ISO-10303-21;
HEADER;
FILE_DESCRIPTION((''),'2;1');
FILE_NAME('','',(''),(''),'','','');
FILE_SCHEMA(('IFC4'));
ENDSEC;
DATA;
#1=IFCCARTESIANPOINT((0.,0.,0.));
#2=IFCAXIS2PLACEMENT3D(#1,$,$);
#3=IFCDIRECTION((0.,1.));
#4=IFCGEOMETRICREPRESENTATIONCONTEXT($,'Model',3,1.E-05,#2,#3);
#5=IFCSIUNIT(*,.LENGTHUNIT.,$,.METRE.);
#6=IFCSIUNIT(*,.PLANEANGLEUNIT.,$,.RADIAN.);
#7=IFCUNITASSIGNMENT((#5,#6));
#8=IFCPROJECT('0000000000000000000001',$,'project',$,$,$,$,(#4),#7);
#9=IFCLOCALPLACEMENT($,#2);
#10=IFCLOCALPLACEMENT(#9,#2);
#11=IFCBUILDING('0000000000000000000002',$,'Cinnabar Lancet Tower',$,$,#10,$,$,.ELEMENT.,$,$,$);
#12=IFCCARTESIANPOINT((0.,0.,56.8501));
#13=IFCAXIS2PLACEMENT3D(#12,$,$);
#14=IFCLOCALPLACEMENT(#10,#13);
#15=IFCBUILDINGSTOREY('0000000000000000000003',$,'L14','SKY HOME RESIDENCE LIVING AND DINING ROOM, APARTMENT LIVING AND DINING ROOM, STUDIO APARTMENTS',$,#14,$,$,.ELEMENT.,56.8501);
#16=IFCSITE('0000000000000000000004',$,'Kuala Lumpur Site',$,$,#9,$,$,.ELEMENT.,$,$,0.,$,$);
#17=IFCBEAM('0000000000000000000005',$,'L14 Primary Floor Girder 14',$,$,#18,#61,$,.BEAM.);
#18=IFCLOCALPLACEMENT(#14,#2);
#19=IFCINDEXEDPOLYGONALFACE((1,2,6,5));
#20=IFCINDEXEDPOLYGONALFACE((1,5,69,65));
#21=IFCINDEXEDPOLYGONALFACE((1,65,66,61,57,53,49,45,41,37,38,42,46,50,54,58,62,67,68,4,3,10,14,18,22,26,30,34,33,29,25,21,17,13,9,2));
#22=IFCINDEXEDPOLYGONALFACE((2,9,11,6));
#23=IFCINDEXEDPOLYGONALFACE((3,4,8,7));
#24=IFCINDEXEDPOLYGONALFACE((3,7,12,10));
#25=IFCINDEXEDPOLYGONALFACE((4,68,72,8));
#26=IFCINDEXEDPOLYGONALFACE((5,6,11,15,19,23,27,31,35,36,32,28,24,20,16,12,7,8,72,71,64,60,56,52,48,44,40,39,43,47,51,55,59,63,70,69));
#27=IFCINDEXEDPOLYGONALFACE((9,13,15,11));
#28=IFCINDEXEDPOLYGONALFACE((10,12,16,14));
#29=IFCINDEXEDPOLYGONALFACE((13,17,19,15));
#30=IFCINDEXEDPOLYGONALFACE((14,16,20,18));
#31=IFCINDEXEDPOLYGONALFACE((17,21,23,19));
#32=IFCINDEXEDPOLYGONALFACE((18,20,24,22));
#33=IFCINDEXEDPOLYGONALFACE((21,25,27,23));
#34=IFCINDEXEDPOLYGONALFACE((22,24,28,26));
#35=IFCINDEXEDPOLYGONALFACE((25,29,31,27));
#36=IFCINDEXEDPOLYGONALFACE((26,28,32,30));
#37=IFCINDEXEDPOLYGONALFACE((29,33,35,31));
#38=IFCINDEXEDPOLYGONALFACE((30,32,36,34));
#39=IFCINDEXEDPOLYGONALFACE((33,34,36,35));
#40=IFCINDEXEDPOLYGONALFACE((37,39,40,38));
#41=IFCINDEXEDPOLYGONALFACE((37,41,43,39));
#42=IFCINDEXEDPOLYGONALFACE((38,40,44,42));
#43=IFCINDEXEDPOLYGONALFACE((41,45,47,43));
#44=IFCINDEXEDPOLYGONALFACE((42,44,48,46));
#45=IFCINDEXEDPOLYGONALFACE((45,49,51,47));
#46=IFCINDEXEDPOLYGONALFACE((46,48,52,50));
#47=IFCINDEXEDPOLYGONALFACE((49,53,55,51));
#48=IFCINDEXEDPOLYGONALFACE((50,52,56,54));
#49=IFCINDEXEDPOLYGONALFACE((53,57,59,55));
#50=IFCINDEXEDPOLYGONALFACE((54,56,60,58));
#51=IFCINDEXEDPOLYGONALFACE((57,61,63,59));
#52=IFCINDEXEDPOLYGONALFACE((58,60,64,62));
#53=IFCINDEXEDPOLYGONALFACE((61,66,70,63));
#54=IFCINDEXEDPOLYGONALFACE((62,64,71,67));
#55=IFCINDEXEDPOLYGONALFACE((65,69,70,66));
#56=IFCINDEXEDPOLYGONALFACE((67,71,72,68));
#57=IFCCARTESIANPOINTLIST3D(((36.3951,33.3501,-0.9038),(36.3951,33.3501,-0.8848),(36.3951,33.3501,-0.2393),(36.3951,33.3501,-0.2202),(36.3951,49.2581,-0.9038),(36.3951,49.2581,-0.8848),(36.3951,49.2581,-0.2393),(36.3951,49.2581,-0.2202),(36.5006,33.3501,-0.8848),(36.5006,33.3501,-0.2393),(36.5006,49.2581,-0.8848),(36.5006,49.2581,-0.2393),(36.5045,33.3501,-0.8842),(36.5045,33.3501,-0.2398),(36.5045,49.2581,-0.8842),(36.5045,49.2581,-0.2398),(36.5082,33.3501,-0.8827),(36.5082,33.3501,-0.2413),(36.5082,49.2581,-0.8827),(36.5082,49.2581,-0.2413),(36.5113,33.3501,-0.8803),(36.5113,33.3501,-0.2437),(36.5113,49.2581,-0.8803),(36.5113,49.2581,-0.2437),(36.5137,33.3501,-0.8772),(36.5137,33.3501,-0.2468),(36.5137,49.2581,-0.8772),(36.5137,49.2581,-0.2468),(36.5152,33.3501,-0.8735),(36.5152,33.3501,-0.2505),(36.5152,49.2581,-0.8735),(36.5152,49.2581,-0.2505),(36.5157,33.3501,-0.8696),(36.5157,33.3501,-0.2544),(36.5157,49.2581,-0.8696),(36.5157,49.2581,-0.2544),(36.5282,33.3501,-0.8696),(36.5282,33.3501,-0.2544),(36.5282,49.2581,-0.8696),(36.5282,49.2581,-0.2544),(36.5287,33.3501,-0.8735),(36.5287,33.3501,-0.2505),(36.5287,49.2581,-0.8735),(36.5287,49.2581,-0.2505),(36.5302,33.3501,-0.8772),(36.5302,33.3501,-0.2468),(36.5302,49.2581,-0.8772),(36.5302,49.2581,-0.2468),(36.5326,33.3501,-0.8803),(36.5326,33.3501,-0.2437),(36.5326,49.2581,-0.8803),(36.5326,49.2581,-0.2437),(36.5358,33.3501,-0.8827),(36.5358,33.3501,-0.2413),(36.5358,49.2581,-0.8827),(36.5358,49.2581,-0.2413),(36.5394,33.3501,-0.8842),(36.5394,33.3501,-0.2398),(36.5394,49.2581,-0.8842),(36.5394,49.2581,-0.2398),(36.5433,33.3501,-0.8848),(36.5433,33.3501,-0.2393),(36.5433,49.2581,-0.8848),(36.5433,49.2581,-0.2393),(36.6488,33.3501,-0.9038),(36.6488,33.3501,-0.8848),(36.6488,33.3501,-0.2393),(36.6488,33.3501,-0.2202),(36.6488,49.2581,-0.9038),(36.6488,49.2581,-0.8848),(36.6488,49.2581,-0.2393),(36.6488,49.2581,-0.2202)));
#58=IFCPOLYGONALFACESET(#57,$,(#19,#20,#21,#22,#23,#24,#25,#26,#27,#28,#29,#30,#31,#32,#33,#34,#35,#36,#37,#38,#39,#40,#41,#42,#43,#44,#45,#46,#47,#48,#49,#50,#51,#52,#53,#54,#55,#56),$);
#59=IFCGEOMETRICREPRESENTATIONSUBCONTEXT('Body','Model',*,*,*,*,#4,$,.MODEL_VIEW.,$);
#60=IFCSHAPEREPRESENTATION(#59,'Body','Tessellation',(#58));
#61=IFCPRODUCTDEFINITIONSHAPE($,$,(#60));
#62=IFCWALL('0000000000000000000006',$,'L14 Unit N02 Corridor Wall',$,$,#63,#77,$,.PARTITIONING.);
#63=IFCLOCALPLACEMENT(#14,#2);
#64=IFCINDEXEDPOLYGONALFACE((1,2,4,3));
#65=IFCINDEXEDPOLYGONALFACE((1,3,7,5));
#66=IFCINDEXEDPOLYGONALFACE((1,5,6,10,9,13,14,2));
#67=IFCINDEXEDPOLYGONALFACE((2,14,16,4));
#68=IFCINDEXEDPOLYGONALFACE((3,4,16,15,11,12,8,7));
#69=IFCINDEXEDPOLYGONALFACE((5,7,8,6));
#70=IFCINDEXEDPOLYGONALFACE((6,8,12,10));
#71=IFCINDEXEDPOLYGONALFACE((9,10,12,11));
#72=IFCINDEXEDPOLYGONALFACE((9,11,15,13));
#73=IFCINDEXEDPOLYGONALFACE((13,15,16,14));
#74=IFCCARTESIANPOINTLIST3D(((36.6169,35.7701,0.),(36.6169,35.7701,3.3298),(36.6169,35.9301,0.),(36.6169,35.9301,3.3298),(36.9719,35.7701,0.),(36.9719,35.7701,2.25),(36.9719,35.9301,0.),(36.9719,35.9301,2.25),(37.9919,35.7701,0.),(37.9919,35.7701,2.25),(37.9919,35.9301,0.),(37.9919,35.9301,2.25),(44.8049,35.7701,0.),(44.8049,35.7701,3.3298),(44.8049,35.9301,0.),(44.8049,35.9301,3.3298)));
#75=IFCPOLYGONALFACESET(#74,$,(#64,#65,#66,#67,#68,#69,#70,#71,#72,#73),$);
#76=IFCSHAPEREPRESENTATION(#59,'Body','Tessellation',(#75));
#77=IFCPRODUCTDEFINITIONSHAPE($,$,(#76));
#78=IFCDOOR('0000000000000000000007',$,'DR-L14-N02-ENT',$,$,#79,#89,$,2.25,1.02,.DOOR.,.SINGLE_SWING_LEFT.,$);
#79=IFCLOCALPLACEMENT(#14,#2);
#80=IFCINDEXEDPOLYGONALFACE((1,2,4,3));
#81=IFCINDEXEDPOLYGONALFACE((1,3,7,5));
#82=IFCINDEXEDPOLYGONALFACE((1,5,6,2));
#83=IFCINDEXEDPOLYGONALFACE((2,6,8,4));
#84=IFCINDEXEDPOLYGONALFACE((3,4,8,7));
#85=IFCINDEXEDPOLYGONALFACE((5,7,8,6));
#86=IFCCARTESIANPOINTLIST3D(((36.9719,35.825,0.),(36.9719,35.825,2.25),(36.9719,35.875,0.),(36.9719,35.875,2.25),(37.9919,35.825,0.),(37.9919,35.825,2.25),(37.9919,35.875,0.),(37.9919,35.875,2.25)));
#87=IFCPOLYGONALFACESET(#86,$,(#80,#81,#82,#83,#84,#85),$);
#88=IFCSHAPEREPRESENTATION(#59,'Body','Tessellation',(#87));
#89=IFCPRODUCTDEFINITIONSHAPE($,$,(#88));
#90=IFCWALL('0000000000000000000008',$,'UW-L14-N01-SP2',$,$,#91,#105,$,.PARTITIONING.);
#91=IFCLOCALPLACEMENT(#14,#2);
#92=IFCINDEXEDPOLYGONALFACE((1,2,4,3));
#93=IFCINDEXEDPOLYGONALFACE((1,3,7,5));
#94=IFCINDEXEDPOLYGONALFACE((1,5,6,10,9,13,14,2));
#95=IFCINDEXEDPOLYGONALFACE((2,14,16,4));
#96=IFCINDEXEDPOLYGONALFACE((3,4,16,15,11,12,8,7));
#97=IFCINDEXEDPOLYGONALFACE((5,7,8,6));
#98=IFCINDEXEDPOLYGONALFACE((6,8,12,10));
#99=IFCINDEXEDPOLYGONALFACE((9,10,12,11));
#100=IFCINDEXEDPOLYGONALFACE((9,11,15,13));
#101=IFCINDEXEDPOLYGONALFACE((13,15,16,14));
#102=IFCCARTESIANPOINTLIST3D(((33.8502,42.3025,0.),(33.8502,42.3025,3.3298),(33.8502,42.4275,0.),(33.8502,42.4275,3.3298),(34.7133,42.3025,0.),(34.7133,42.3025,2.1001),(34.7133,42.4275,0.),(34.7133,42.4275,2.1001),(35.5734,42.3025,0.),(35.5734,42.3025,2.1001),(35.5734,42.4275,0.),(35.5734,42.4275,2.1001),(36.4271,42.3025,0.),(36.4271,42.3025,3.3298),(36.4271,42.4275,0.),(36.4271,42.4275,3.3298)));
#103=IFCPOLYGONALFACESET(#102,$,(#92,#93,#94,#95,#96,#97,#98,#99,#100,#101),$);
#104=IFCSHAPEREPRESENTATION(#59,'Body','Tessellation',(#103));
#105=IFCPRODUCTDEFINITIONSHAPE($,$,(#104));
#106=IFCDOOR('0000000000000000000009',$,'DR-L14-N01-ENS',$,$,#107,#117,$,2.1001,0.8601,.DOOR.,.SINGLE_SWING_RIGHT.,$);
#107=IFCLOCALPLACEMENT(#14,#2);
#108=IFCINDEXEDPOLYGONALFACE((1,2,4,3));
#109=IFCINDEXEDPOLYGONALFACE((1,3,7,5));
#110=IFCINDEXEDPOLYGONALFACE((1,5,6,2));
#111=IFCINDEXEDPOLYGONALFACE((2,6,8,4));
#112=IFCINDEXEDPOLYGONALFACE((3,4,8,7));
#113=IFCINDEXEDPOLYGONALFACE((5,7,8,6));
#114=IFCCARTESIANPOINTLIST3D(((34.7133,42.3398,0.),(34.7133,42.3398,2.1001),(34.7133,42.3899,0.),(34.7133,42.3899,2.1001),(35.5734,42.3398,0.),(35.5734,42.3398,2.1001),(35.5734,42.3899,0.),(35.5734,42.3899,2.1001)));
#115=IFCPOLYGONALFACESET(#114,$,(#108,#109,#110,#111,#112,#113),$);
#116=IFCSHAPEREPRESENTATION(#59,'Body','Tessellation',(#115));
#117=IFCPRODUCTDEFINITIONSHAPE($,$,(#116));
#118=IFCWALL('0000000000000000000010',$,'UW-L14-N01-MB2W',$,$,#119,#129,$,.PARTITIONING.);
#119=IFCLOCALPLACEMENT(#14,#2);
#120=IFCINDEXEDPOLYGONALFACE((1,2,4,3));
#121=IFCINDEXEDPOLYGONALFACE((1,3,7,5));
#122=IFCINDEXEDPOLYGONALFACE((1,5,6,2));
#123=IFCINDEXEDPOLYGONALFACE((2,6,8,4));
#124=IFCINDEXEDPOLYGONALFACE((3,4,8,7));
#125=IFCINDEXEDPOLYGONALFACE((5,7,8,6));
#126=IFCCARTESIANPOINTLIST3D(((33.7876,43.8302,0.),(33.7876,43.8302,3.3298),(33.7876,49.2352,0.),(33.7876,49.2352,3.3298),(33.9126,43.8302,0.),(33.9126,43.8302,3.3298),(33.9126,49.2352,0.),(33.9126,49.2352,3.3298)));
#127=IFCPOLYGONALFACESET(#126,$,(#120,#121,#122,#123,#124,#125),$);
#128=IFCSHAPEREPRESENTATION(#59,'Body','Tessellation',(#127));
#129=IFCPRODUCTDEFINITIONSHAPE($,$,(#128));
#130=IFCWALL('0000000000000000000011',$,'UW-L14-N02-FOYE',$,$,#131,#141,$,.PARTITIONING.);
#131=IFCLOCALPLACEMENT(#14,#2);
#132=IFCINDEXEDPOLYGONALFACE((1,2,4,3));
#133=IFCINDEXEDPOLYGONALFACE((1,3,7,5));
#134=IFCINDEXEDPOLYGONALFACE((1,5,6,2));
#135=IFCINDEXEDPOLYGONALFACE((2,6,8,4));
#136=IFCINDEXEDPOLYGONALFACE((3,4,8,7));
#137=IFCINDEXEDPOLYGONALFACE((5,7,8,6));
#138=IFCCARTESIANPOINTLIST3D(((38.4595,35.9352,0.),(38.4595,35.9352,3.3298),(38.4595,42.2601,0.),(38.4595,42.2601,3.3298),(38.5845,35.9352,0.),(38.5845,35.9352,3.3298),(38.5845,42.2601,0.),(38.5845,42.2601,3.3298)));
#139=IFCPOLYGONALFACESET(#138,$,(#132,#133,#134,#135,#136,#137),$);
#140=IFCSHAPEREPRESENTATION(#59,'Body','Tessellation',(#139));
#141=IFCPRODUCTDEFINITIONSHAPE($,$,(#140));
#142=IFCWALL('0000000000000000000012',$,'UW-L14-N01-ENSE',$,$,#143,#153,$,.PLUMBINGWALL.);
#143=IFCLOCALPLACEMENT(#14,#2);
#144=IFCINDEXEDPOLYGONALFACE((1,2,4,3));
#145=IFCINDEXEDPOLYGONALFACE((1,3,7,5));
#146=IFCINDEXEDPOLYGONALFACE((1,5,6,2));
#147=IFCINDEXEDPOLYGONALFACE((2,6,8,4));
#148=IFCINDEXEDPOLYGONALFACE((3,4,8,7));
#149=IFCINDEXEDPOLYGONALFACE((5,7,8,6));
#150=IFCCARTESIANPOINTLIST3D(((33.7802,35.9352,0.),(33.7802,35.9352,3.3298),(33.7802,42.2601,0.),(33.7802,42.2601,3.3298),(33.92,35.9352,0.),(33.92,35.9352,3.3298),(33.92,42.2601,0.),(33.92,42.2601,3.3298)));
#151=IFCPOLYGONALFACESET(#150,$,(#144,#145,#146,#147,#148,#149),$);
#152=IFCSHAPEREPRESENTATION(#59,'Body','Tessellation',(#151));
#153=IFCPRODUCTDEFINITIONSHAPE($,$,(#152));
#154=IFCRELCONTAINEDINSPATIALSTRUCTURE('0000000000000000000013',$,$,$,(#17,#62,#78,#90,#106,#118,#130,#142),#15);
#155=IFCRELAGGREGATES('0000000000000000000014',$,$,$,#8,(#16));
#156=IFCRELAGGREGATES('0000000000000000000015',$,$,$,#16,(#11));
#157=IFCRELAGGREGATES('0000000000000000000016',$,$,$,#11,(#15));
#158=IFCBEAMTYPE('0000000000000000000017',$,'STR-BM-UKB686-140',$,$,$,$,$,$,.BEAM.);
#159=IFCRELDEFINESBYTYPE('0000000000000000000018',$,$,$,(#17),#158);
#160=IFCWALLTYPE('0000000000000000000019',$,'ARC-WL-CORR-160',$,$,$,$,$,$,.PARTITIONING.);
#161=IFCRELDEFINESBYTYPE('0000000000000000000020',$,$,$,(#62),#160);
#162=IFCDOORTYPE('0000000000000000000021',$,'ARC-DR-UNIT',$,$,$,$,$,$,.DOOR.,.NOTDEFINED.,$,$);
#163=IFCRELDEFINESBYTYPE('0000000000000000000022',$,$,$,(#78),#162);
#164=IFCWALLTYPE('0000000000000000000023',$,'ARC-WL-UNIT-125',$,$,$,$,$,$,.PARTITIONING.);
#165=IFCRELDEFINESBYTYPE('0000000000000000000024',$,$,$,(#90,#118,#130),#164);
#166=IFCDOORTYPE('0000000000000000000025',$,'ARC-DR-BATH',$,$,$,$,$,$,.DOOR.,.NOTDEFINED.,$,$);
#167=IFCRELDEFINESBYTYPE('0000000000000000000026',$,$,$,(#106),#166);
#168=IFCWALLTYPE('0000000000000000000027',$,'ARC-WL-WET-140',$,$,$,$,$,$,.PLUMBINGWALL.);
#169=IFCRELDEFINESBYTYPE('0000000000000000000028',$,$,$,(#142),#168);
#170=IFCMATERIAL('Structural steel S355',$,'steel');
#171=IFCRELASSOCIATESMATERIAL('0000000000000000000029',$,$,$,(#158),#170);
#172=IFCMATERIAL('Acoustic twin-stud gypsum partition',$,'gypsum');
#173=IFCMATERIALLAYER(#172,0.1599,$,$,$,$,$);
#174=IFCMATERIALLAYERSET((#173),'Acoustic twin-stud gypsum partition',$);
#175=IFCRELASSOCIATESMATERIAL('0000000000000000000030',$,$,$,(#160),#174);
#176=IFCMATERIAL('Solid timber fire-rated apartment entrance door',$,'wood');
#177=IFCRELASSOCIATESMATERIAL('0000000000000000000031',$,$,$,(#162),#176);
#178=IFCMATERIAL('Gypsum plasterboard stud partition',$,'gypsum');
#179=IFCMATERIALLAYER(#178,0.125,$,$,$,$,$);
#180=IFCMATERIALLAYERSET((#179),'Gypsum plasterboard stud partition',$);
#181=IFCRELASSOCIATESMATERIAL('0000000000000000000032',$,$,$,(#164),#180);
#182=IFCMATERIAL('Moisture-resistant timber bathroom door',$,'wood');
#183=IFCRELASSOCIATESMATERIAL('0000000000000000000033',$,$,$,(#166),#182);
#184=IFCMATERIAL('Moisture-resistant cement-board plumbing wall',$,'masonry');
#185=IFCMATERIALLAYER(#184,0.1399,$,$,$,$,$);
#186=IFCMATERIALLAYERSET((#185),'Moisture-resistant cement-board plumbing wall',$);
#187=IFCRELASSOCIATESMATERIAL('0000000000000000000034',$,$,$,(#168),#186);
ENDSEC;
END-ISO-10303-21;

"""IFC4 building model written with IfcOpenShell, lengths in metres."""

from ifc_helpers import new_model, si_unit, direction, frame, frame_2d, origin, origin_2d, place, context, subcontext, project, spatial, rectangle, i_section, extrude, material, layer, layer_set, material_profile, profile_set, type_object, element, fill, save


model = new_model("IFC4")

# Units and contexts
model_context = context("Model", 3, precision=1e-05, world=origin(), true_north=direction((0.0, 1.0)))
body_context = subcontext(model_context, "Body", "Model", "MODEL_VIEW")
ifc_project = project(units=[si_unit("LENGTHUNIT", "METRE"), si_unit("PLANEANGLEUNIT", "RADIAN")], contexts=[model_context])

# Site, building, storey
site_placement = place(None, origin())
site = spatial("IfcSite", under=ifc_project, at=site_placement, Name="Kuala Lumpur Site", CompositionType="ELEMENT", RefElevation=0.0)
building_placement = place(site_placement, origin())
building = spatial("IfcBuilding", under=site, at=building_placement, Name="Cinnabar Lancet Tower", CompositionType="ELEMENT")
storey_placement = place(building_placement, frame((0.0, 0.0, 56.8501)))
storey = spatial("IfcBuildingStorey", under=building, at=storey_placement, Name="L14", Description="SKY HOME RESIDENCE LIVING AND DINING ROOM, APARTMENT LIVING AND DINING ROOM, STUDIO APARTMENTS", CompositionType="ELEMENT", Elevation=56.8501)

# Beam
ifc_material_1 = material(Name="Structural steel S355", Category="steel")
ifc_material_profile_1 = material_profile(ifc_material_1, i_section(OverallWidth=0.2537, OverallDepth=0.6836, WebThickness=0.0125, FlangeThickness=0.019, FilletRadius=0.0151, at=origin_2d()), Name="UKB 686x254x140")
ifc_profile_set_1 = profile_set([ifc_material_profile_1], Name="Structural steel S355")
beam_type_1 = type_object("IfcBeamType", Name="STR-BM-UKB686-140", PredefinedType="BEAM", material=ifc_profile_set_1)
beam_1_placement = place(storey_placement, frame((36.522, 49.2581, -0.562), z_axis=(0.0, -1.0, 0.0), x_axis=(1.0, 0.0, 0.0)))
element("IfcBeam", 1, at=beam_1_placement, inside=storey, type_object=beam_type_1, Name="L14 Primary Floor Girder 14", PredefinedType="BEAM", context=body_context, shape_type="SweptSolid", body=[
    extrude(i_section(OverallWidth=0.2537, OverallDepth=0.6836, WebThickness=0.0125, FlangeThickness=0.019, FilletRadius=0.0151, at=origin_2d()), origin(), (0.0, 0.0, 1.0), 15.908),
])

# Walls, openings, doors
ifc_material_2 = material(Name="Acoustic twin-stud gypsum partition", Category="gypsum")
ifc_layer_1 = layer(ifc_material_2, 0.1599)
ifc_layer_set_1 = layer_set([ifc_layer_1], Name="Acoustic twin-stud gypsum partition")
wall_type_1 = type_object("IfcWallType", Name="ARC-WL-CORR-160", PredefinedType="PARTITIONING", material=ifc_layer_set_1)
wall_1_placement = place(storey_placement, frame((36.6169, 35.8501, 0.0), z_axis=(0.0, 0.0, 1.0), x_axis=(1.0, 0.0, 0.0)))
wall_1 = element("IfcWall", 2, at=wall_1_placement, inside=storey, type_object=wall_type_1, Name="L14 Unit N02 Corridor Wall", PredefinedType="PARTITIONING", context=body_context, shape_type="SweptSolid", body=[
    extrude(rectangle(XDim=8.188, YDim=0.1599, at=frame_2d((4.094, 0.0))), origin(), (0.0, 0.0, 1.0), 3.3298),
])
opening_1_placement = place(wall_1_placement, frame((0.355, 0.0, 0.0)))
opening_1 = element("IfcOpeningElement", 3, at=opening_1_placement, cuts=wall_1, PredefinedType="OPENING", context=body_context, shape_type="SweptSolid", body=[
    extrude(rectangle(XDim=1.02, YDim=2.25, at=frame_2d((0.51, 1.125))), frame((0.0, 0.0898, 0.0), z_axis=(0.0, -1.0, 0.0), x_axis=(1.0, 0.0, 0.0)), (0.0, 0.0, 1.0), 0.1799),
])
ifc_material_3 = material(Name="Solid timber fire-rated apartment entrance door", Category="wood")
door_type_1 = type_object("IfcDoorType", Name="ARC-DR-UNIT", OperationType="NOTDEFINED", PredefinedType="DOOR", material=ifc_material_3)
door_1_placement = place(opening_1_placement, origin())
door_1 = element("IfcDoor", 4, at=door_1_placement, inside=storey, type_object=door_type_1, Name="DR-L14-N02-ENT", OperationType="SINGLE_SWING_LEFT", OverallHeight=2.25, OverallWidth=1.02, PredefinedType="DOOR", context=body_context, shape_type="SweptSolid", body=[
    extrude(rectangle(XDim=1.02, YDim=2.25, at=frame_2d((0.51, 1.125))), frame((0.0, 0.0249, 0.0), z_axis=(0.0, -1.0, 0.0), x_axis=(1.0, 0.0, 0.0)), (0.0, 0.0, 1.0), 0.05),
])
fill(opening_1, door_1)
ifc_material_4 = material(Name="Gypsum plasterboard stud partition", Category="gypsum")
ifc_layer_2 = layer(ifc_material_4, 0.125)
ifc_layer_set_2 = layer_set([ifc_layer_2], Name="Gypsum plasterboard stud partition")
wall_type_2 = type_object("IfcWallType", Name="ARC-WL-UNIT-125", PredefinedType="PARTITIONING", material=ifc_layer_set_2)
wall_2_placement = place(storey_placement, frame((33.8501, 42.365, 0.0), z_axis=(0.0, 0.0, 1.0), x_axis=(1.0, 0.0, 0.0)))
wall_2 = element("IfcWall", 5, at=wall_2_placement, inside=storey, type_object=wall_type_2, Name="UW-L14-N01-SP2", PredefinedType="PARTITIONING", context=body_context, shape_type="SweptSolid", body=[
    extrude(rectangle(XDim=2.5769, YDim=0.125, at=frame_2d((1.2886, 0.0))), origin(), (0.0, 0.0, 1.0), 3.3298),
])
opening_2_placement = place(wall_2_placement, frame((0.863, 0.0, 0.0)))
opening_2 = element("IfcOpeningElement", 6, at=opening_2_placement, cuts=wall_2, PredefinedType="OPENING", context=body_context, shape_type="SweptSolid", body=[
    extrude(rectangle(XDim=0.8601, YDim=2.1001, at=frame_2d((0.4302, 1.05))), frame((0.0, 0.0725, 0.0), z_axis=(0.0, -1.0, 0.0), x_axis=(1.0, 0.0, 0.0)), (0.0, 0.0, 1.0), 0.145),
])
ifc_material_5 = material(Name="Moisture-resistant timber bathroom door", Category="wood")
door_type_2 = type_object("IfcDoorType", Name="ARC-DR-BATH", OperationType="NOTDEFINED", PredefinedType="DOOR", material=ifc_material_5)
door_2_placement = place(opening_2_placement, origin())
door_2 = element("IfcDoor", 7, at=door_2_placement, inside=storey, type_object=door_type_2, Name="DR-L14-N01-ENS", OperationType="SINGLE_SWING_RIGHT", OverallHeight=2.1001, OverallWidth=0.8601, PredefinedType="DOOR", context=body_context, shape_type="SweptSolid", body=[
    extrude(rectangle(XDim=0.8601, YDim=2.1001, at=frame_2d((0.4302, 1.05))), frame((0.0, 0.0249, 0.0), z_axis=(0.0, -1.0, 0.0), x_axis=(1.0, 0.0, 0.0)), (0.0, 0.0, 1.0), 0.05),
])
fill(opening_2, door_2)

# Walls
wall_3_placement = place(storey_placement, frame((33.8501, 43.8301, 0.0), z_axis=(0.0, 0.0, 1.0), x_axis=(0.0, 1.0, 0.0)))
element("IfcWall", 8, at=wall_3_placement, inside=storey, type_object=wall_type_2, Name="UW-L14-N01-MB2W", PredefinedType="PARTITIONING", context=body_context, shape_type="SweptSolid", body=[
    extrude(rectangle(XDim=5.405, YDim=0.125, at=frame_2d((2.7026, 0.0))), origin(), (0.0, 0.0, 1.0), 3.3298),
])
wall_4_placement = place(storey_placement, frame((38.522, 35.9351, 0.0), z_axis=(0.0, 0.0, 1.0), x_axis=(0.0, 1.0, 0.0)))
element("IfcWall", 9, at=wall_4_placement, inside=storey, type_object=wall_type_2, Name="UW-L14-N02-FOYE", PredefinedType="PARTITIONING", context=body_context, shape_type="SweptSolid", body=[
    extrude(rectangle(XDim=6.325, YDim=0.125, at=frame_2d((3.1626, 0.0))), origin(), (0.0, 0.0, 1.0), 3.3298),
])
ifc_material_6 = material(Name="Moisture-resistant cement-board plumbing wall", Category="masonry")
ifc_layer_3 = layer(ifc_material_6, 0.1399)
ifc_layer_set_3 = layer_set([ifc_layer_3], Name="Moisture-resistant cement-board plumbing wall")
wall_type_3 = type_object("IfcWallType", Name="ARC-WL-WET-140", PredefinedType="PLUMBINGWALL", material=ifc_layer_set_3)
wall_5_placement = place(storey_placement, frame((33.8501, 35.9351, 0.0), z_axis=(0.0, 0.0, 1.0), x_axis=(0.0, 1.0, 0.0)))
element("IfcWall", 10, at=wall_5_placement, inside=storey, type_object=wall_type_3, Name="UW-L14-N01-ENSE", PredefinedType="PLUMBINGWALL", context=body_context, shape_type="SweptSolid", body=[
    extrude(rectangle(XDim=6.325, YDim=0.1399, at=frame_2d((3.1626, 0.0))), origin(), (0.0, 0.0, 1.0), 3.3298),
])

save(model, "model.ifc")
